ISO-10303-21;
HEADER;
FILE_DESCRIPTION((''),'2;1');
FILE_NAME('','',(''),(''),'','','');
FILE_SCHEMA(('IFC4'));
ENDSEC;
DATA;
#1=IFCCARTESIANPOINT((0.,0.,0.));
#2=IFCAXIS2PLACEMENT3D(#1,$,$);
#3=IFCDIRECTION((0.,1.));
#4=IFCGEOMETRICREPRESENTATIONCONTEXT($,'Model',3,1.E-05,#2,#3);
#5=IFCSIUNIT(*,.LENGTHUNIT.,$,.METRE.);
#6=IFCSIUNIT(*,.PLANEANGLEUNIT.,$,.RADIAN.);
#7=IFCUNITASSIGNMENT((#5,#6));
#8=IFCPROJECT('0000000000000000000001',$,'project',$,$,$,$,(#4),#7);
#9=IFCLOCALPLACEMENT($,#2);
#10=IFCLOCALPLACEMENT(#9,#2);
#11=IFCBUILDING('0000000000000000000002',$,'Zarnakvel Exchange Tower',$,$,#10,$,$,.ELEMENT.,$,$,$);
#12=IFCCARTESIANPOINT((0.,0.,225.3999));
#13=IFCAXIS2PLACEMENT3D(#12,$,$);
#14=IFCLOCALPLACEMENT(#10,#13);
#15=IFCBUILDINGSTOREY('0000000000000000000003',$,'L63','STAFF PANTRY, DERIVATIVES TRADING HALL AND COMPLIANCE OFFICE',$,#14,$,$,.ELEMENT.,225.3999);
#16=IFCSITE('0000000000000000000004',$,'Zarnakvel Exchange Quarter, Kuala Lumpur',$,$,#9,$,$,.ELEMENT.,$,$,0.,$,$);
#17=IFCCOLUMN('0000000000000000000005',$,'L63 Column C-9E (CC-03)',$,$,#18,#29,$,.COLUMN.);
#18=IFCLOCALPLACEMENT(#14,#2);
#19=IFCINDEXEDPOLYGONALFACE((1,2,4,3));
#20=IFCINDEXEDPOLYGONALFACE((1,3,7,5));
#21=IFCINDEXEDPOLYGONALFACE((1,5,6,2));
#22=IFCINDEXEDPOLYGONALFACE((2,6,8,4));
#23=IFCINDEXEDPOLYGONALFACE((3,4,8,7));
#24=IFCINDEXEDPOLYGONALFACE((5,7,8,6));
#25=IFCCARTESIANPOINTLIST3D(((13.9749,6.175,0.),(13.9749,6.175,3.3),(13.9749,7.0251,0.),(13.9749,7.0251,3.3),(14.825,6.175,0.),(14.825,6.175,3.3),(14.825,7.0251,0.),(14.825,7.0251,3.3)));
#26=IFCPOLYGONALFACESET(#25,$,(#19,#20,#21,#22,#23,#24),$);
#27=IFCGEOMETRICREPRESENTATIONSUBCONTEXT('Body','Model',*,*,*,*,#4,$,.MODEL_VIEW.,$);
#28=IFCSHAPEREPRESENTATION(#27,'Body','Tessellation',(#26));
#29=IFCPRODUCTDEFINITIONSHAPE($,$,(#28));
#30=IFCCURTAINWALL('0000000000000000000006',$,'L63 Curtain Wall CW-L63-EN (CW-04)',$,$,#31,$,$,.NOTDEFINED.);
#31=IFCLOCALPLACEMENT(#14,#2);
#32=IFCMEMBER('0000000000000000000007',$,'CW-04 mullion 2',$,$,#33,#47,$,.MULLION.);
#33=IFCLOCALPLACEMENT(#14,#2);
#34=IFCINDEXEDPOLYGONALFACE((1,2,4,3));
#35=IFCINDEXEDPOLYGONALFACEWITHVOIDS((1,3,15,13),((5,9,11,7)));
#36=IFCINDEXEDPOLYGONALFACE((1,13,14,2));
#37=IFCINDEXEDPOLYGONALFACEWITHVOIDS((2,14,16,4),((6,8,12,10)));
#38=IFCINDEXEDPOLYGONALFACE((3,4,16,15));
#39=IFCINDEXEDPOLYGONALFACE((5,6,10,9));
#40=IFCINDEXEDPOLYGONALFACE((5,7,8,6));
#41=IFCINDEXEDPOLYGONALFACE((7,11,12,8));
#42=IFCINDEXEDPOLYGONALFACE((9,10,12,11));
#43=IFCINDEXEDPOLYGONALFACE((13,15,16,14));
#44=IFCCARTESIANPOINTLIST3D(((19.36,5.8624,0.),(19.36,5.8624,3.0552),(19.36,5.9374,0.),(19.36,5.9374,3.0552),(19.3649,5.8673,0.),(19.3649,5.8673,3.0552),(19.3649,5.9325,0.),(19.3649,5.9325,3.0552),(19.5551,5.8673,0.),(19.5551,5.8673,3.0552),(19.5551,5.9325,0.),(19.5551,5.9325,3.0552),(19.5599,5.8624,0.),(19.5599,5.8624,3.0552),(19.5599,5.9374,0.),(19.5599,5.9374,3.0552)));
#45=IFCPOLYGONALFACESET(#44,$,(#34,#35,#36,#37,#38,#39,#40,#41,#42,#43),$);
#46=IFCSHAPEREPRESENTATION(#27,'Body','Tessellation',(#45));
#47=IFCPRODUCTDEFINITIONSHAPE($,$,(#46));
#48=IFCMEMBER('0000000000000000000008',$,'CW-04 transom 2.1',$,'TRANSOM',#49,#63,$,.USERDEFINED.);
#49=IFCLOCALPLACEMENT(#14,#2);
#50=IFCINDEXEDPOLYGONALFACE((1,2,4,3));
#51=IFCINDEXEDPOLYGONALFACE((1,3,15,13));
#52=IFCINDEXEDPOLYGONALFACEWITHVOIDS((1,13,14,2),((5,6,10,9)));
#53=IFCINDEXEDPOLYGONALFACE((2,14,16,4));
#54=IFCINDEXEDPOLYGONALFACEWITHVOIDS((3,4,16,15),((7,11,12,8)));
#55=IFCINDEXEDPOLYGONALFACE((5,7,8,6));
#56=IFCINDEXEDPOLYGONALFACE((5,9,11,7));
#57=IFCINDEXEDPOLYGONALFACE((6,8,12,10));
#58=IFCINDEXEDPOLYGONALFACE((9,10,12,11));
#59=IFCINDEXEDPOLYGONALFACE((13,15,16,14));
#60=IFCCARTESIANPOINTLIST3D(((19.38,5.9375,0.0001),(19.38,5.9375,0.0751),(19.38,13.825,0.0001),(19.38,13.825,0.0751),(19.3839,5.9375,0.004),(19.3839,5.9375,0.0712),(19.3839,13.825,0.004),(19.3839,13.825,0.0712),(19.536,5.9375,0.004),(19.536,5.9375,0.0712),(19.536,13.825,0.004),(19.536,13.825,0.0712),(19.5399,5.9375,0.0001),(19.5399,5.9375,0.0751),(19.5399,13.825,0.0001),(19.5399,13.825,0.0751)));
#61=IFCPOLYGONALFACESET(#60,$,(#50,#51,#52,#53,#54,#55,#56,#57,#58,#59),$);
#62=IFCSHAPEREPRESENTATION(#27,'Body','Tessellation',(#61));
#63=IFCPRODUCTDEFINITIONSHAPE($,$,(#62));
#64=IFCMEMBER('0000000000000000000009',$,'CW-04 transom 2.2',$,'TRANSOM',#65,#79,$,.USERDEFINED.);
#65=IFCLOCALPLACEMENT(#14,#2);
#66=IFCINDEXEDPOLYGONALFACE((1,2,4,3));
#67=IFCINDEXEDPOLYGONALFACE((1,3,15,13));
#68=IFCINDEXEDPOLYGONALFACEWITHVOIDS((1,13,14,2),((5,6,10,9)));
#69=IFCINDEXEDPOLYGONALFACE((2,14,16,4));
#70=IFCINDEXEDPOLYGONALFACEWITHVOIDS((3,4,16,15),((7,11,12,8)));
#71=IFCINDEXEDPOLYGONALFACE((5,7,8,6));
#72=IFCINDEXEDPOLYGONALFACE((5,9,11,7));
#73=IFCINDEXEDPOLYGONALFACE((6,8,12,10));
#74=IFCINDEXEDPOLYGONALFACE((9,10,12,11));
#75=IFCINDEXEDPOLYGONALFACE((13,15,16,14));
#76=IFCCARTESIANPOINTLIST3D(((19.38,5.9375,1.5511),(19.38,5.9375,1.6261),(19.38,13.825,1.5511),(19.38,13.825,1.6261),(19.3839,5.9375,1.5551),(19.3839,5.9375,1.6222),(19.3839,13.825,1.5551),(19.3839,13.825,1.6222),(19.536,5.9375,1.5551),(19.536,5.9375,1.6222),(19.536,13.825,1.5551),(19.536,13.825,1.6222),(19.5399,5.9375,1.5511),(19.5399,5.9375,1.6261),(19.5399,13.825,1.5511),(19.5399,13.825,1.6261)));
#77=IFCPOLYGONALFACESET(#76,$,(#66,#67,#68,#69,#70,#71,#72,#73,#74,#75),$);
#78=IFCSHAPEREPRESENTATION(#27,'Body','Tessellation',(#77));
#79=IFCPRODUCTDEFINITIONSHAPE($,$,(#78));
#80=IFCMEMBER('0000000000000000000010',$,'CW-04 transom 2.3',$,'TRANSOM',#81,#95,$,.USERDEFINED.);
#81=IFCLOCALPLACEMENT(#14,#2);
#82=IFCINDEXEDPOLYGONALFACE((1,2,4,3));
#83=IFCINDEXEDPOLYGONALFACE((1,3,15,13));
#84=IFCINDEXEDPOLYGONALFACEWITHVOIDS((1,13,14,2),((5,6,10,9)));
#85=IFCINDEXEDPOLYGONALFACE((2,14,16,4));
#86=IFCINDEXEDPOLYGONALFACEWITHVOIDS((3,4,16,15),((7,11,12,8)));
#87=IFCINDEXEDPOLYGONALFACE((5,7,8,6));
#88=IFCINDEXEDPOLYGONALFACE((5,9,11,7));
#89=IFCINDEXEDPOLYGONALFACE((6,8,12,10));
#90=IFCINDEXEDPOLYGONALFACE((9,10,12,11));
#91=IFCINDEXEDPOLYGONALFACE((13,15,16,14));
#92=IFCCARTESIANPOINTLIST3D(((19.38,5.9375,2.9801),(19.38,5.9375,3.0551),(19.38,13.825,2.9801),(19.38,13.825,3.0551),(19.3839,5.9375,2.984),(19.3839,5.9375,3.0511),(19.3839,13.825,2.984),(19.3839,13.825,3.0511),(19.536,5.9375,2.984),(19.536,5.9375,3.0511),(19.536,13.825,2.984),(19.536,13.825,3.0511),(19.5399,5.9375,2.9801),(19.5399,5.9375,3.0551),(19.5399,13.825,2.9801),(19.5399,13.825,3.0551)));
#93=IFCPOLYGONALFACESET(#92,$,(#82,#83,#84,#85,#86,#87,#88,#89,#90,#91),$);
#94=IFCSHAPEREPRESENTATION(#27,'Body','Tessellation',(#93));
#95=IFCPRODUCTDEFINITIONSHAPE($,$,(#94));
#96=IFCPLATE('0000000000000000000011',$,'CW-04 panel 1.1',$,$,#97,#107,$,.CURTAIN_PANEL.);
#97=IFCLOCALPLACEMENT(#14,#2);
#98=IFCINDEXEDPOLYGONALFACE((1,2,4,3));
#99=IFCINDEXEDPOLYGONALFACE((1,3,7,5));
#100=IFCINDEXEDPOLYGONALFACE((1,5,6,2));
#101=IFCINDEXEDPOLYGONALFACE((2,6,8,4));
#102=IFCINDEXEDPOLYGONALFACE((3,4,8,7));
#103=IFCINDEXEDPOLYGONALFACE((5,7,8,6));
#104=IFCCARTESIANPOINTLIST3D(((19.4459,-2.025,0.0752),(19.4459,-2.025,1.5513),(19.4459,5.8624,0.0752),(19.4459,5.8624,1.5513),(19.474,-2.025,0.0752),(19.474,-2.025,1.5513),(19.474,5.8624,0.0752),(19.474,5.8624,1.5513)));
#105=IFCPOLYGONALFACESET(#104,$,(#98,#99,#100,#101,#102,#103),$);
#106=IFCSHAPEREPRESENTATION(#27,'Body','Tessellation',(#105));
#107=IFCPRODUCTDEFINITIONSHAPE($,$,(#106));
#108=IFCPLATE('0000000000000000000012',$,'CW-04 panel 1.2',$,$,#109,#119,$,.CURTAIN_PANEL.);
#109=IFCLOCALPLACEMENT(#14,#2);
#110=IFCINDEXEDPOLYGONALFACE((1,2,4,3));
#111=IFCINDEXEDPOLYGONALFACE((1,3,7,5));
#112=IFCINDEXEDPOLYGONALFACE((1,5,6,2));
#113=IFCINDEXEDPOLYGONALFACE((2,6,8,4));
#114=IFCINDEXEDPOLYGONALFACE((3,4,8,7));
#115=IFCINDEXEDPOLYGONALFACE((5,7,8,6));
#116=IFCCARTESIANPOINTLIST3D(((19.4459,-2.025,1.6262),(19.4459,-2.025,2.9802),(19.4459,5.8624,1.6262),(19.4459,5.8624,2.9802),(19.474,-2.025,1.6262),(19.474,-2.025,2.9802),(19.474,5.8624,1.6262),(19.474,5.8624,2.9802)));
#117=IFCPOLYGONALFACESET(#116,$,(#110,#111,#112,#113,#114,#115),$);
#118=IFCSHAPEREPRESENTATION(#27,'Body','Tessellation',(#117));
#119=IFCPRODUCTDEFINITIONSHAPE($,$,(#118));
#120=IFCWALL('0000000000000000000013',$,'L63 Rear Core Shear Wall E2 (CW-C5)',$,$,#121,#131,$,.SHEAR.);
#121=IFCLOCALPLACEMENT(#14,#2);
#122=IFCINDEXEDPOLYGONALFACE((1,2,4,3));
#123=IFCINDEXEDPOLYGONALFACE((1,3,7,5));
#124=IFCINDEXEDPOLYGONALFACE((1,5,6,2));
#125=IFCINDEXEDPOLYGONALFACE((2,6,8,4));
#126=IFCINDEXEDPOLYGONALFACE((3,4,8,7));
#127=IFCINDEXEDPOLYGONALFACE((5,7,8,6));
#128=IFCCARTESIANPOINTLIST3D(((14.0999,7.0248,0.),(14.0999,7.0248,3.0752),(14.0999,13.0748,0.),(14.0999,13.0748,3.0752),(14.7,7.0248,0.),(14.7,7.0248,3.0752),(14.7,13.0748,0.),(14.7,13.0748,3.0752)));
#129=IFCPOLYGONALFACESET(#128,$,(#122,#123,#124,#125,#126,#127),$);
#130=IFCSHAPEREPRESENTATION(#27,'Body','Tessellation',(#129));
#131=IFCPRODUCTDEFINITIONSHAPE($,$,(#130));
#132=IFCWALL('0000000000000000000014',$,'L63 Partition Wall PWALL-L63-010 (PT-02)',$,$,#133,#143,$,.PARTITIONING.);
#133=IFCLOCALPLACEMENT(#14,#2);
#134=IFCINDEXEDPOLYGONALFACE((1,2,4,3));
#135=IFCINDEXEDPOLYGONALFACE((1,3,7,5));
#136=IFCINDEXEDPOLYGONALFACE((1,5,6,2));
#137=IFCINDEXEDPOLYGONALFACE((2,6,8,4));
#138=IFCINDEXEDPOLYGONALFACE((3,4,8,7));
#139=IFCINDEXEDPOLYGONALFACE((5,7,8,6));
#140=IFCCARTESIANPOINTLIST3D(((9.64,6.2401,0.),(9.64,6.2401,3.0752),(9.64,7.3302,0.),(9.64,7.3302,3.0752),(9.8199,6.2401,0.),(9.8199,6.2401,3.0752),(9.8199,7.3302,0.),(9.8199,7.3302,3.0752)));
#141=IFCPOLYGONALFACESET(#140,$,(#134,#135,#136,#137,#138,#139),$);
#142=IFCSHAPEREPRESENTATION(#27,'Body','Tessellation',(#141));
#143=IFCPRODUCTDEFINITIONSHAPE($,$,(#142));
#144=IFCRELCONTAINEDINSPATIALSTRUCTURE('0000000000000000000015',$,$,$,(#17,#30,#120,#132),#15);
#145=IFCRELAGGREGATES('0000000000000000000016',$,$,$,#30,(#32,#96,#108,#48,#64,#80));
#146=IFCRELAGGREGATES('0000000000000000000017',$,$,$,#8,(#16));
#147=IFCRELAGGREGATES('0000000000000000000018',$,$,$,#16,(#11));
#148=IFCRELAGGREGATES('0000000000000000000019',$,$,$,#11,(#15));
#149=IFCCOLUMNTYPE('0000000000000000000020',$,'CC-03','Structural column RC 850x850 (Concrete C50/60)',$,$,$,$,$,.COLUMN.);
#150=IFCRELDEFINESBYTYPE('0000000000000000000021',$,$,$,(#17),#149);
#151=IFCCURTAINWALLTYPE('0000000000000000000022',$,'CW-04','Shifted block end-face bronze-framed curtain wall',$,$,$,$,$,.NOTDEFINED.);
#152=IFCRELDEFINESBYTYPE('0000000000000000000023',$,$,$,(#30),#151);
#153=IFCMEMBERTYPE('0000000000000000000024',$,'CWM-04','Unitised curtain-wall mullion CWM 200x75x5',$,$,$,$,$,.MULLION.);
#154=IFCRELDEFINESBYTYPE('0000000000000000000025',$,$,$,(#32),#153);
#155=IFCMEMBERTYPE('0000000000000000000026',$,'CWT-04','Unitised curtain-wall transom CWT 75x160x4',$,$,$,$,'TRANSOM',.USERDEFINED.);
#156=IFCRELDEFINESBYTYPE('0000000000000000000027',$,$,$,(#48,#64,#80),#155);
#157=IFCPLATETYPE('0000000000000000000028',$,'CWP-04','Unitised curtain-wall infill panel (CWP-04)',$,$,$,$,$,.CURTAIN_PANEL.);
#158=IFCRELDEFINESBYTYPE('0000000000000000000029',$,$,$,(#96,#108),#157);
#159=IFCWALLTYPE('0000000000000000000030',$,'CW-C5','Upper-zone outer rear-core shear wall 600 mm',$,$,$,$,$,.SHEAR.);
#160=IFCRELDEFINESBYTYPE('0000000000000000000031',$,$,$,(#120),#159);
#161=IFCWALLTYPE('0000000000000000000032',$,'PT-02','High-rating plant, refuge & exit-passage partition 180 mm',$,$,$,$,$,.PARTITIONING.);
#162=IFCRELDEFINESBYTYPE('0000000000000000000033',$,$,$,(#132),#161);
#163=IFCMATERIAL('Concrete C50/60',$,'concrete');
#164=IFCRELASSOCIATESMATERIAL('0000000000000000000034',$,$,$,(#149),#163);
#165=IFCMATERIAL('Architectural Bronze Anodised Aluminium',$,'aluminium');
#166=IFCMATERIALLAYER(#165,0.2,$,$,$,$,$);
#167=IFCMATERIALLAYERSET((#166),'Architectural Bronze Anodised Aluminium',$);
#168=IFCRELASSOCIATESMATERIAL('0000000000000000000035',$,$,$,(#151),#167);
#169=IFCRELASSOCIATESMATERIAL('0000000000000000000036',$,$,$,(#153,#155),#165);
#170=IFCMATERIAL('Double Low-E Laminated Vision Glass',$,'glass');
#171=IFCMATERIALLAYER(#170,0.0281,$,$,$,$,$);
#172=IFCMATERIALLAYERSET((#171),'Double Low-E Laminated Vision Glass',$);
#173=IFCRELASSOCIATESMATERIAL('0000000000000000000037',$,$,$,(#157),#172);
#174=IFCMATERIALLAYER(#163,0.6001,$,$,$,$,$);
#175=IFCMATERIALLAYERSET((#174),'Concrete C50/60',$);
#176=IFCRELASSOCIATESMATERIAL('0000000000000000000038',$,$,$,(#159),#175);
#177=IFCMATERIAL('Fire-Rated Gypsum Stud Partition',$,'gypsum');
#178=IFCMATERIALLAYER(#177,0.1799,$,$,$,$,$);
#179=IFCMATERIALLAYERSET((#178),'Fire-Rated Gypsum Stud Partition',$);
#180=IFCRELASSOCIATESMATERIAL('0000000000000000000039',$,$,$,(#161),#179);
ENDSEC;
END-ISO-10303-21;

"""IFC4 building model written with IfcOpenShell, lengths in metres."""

from ifc_helpers import new_model, si_unit, direction, frame, frame_2d, origin, origin_2d, place, context, subcontext, project, spatial, rectangle, hollow_rectangle, extrude, source, transform, mapped, material, layer, layer_set, material_profile, profile_set, type_object, element, aggregate, save


model = new_model("IFC4")

# Units and contexts
model_context = context("Model", 3, precision=1e-05, world=origin(), true_north=direction((0.0, 1.0)))
body_context = subcontext(model_context, "Body", "Model", "MODEL_VIEW")
ifc_project = project(units=[si_unit("LENGTHUNIT", "METRE"), si_unit("PLANEANGLEUNIT", "RADIAN")], contexts=[model_context])

# Site, building, storey
site_placement = place(None, origin())
site = spatial("IfcSite", under=ifc_project, at=site_placement, Name="Zarnakvel Exchange Quarter, Kuala Lumpur", CompositionType="ELEMENT", RefElevation=0.0)
building_placement = place(site_placement, origin())
building = spatial("IfcBuilding", under=site, at=building_placement, Name="Zarnakvel Exchange Tower", CompositionType="ELEMENT")
storey_placement = place(building_placement, frame((0.0, 0.0, 225.3999)))
storey = spatial("IfcBuildingStorey", under=building, at=storey_placement, Name="L63", Description="STAFF PANTRY, DERIVATIVES TRADING HALL AND COMPLIANCE OFFICE", CompositionType="ELEMENT", Elevation=225.3999)

# Column
ifc_material_1 = material(Name="Concrete C50/60", Category="concrete")
ifc_material_profile_1 = material_profile(ifc_material_1, rectangle(XDim=0.8501, YDim=0.8501, at=origin_2d()))
ifc_profile_set_1 = profile_set([ifc_material_profile_1], Name="Concrete C50/60")
column_type = type_object("IfcColumnType", Name="CC-03", Description="Structural column RC 850x850 (Concrete C50/60)", PredefinedType="COLUMN", material=ifc_profile_set_1)
column_placement = place(storey_placement, frame((14.3999, 6.6001, 0.0), z_axis=(0.0, 0.0, 1.0), x_axis=(1.0, 0.0, 0.0)))
element("IfcColumn", 1, at=column_placement, inside=storey, type_object=column_type, Name="L63 Column C-9E (CC-03)", PredefinedType="COLUMN", context=body_context, shape_type="SweptSolid", body=[
    extrude(rectangle(XDim=0.8501, YDim=0.8501, at=origin_2d()), origin(), (0.0, 0.0, 1.0), 3.3),
])

# Curtain wall, members, plates
ifc_material_2 = material(Name="Architectural Bronze Anodised Aluminium", Category="aluminium")
ifc_layer_1 = layer(ifc_material_2, 0.2)
ifc_layer_set_1 = layer_set([ifc_layer_1], Name="Architectural Bronze Anodised Aluminium")
curtain_wall_type = type_object("IfcCurtainWallType", Name="CW-04", Description="Shifted block end-face bronze-framed curtain wall", PredefinedType="NOTDEFINED", material=ifc_layer_set_1)
curtain_wall_placement = place(storey_placement, origin())
curtain_wall = element("IfcCurtainWall", 2, at=curtain_wall_placement, inside=storey, type_object=curtain_wall_type, Name="L63 Curtain Wall CW-L63-EN (CW-04)", PredefinedType="NOTDEFINED")
ifc_material_profile_2 = material_profile(ifc_material_2, hollow_rectangle(XDim=0.2, YDim=0.075, WallThickness=0.0049, at=origin_2d()))
ifc_profile_set_2 = profile_set([ifc_material_profile_2], Name="Architectural Bronze Anodised Aluminium")
member_type_1 = type_object("IfcMemberType", Name="CWM-04", Description="Unitised curtain-wall mullion CWM 200x75x5", PredefinedType="MULLION", material=ifc_profile_set_2)
shared_shape_1 = source(origin(), body_context, "Body", "SweptSolid", [
    extrude(hollow_rectangle(XDim=0.2, YDim=0.075, WallThickness=0.0049, at=origin_2d()), origin(), (0.0, 0.0, 1.0), 3.0552),
])
member_1_placement = place(storey_placement, frame((19.46, 5.8999, 0.0), z_axis=(0.0, 0.0, 1.0), x_axis=(-1.0, 0.0, 0.0)))
member_1 = element("IfcMember", 3, at=member_1_placement, type_object=member_type_1, Name="CW-04 mullion 2", PredefinedType="MULLION", context=body_context, shape_type="MappedRepresentation", body=[
    mapped(shared_shape_1, transform((0.0, 0.0, 0.0), x_axis=(1.0, 0.0, 0.0), y_axis=(0.0, 1.0, 0.0), z_axis=(0.0, 0.0, 1.0), scale=1.0)),
])
ifc_material_profile_3 = material_profile(ifc_material_2, hollow_rectangle(XDim=0.1599, YDim=0.075, WallThickness=0.0039, at=origin_2d()))
ifc_profile_set_3 = profile_set([ifc_material_profile_3], Name="Architectural Bronze Anodised Aluminium")
member_type_2 = type_object("IfcMemberType", Name="CWT-04", Description="Unitised curtain-wall transom CWT 75x160x4", ElementType="TRANSOM", PredefinedType="USERDEFINED", material=ifc_profile_set_3)
shared_shape_2 = source(origin(), body_context, "Body", "SweptSolid", [
    extrude(hollow_rectangle(XDim=0.1599, YDim=0.075, WallThickness=0.0039, at=origin_2d()), origin(), (0.0, 0.0, 1.0), 7.8875),
])
member_2_placement = place(storey_placement, frame((19.46, 5.9375, 0.0376), z_axis=(0.0, 1.0, 0.0), x_axis=(-1.0, 0.0, 0.0)))
member_2 = element("IfcMember", 4, at=member_2_placement, type_object=member_type_2, Name="CW-04 transom 2.1", ObjectType="TRANSOM", PredefinedType="USERDEFINED", context=body_context, shape_type="MappedRepresentation", body=[
    mapped(shared_shape_2, transform((0.0, 0.0, 0.0), x_axis=(1.0, 0.0, 0.0), y_axis=(0.0, 1.0, 0.0), z_axis=(0.0, 0.0, 1.0), scale=1.0)),
])
member_3_placement = place(storey_placement, frame((19.46, 5.9375, 1.5886), z_axis=(0.0, 1.0, 0.0), x_axis=(-1.0, 0.0, 0.0)))
member_3 = element("IfcMember", 5, at=member_3_placement, type_object=member_type_2, Name="CW-04 transom 2.2", ObjectType="TRANSOM", PredefinedType="USERDEFINED", context=body_context, shape_type="MappedRepresentation", body=[
    mapped(shared_shape_2, transform((0.0, 0.0, 0.0), x_axis=(1.0, 0.0, 0.0), y_axis=(0.0, 1.0, 0.0), z_axis=(0.0, 0.0, 1.0), scale=1.0)),
])
member_4_placement = place(storey_placement, frame((19.46, 5.9375, 3.0176), z_axis=(0.0, 1.0, 0.0), x_axis=(-1.0, 0.0, 0.0)))
member_4 = element("IfcMember", 6, at=member_4_placement, type_object=member_type_2, Name="CW-04 transom 2.3", ObjectType="TRANSOM", PredefinedType="USERDEFINED", context=body_context, shape_type="MappedRepresentation", body=[
    mapped(shared_shape_2, transform((0.0, 0.0, 0.0), x_axis=(1.0, 0.0, 0.0), y_axis=(0.0, 1.0, 0.0), z_axis=(0.0, 0.0, 1.0), scale=1.0)),
])
ifc_material_3 = material(Name="Double Low-E Laminated Vision Glass", Category="glass")
ifc_layer_2 = layer(ifc_material_3, 0.0281)
ifc_layer_set_2 = layer_set([ifc_layer_2], Name="Double Low-E Laminated Vision Glass")
plate_type = type_object("IfcPlateType", Name="CWP-04", Description="Unitised curtain-wall infill panel (CWP-04)", PredefinedType="CURTAIN_PANEL", material=ifc_layer_set_2)
shared_shape_3 = source(origin(), body_context, "Body", "SweptSolid", [
    extrude(rectangle(XDim=7.8875, YDim=0.0281, at=origin_2d()), origin(), (0.0, 0.0, 1.0), 1.4761),
])
plate_1_placement = place(storey_placement, frame((19.46, 1.9187, 0.0752), z_axis=(0.0, 0.0, 1.0), x_axis=(0.0, 1.0, 0.0)))
plate_1 = element("IfcPlate", 7, at=plate_1_placement, type_object=plate_type, Name="CW-04 panel 1.1", PredefinedType="CURTAIN_PANEL", context=body_context, shape_type="MappedRepresentation", body=[
    mapped(shared_shape_3, transform((0.0, 0.0, 0.0), x_axis=(1.0, 0.0, 0.0), y_axis=(0.0, 1.0, 0.0), z_axis=(0.0, 0.0, 1.0), scale=1.0)),
])
shared_shape_4 = source(origin(), body_context, "Body", "SweptSolid", [
    extrude(rectangle(XDim=7.8875, YDim=0.0281, at=origin_2d()), origin(), (0.0, 0.0, 1.0), 1.354),
])
plate_2_placement = place(storey_placement, frame((19.46, 1.9187, 1.6262), z_axis=(0.0, 0.0, 1.0), x_axis=(0.0, 1.0, 0.0)))
plate_2 = element("IfcPlate", 8, at=plate_2_placement, type_object=plate_type, Name="CW-04 panel 1.2", PredefinedType="CURTAIN_PANEL", context=body_context, shape_type="MappedRepresentation", body=[
    mapped(shared_shape_4, transform((0.0, 0.0, 0.0), x_axis=(1.0, 0.0, 0.0), y_axis=(0.0, 1.0, 0.0), z_axis=(0.0, 0.0, 1.0), scale=1.0)),
])
aggregate(curtain_wall, [member_1, plate_1, plate_2, member_2, member_3, member_4])

# Walls
ifc_layer_3 = layer(ifc_material_1, 0.6001)
ifc_layer_set_3 = layer_set([ifc_layer_3], Name="Concrete C50/60")
wall_type_1 = type_object("IfcWallType", Name="CW-C5", Description="Upper-zone outer rear-core shear wall 600 mm", PredefinedType="SHEAR", material=ifc_layer_set_3)
wall_1_placement = place(storey_placement, frame((14.3999, 7.0249, 0.0), z_axis=(0.0, 0.0, 1.0), x_axis=(0.0, 1.0, 0.0)))
element("IfcWall", 9, at=wall_1_placement, inside=storey, type_object=wall_type_1, Name="L63 Rear Core Shear Wall E2 (CW-C5)", PredefinedType="SHEAR", context=body_context, shape_type="SweptSolid", body=[
    extrude(rectangle(XDim=6.05, YDim=0.6001, at=frame_2d((3.0249, 0.0))), origin(), (0.0, 0.0, 1.0), 3.0752),
])
ifc_material_4 = material(Name="Fire-Rated Gypsum Stud Partition", Category="gypsum")
ifc_layer_4 = layer(ifc_material_4, 0.1799)
ifc_layer_set_4 = layer_set([ifc_layer_4], Name="Fire-Rated Gypsum Stud Partition")
wall_type_2 = type_object("IfcWallType", Name="PT-02", Description="High-rating plant, refuge & exit-passage partition 180 mm", PredefinedType="PARTITIONING", material=ifc_layer_set_4)
wall_2_placement = place(storey_placement, frame((9.73, 7.3301, 0.0), z_axis=(0.0, 0.0, 1.0), x_axis=(0.0, -1.0, 0.0)))
element("IfcWall", 10, at=wall_2_placement, inside=storey, type_object=wall_type_2, Name="L63 Partition Wall PWALL-L63-010 (PT-02)", PredefinedType="PARTITIONING", context=body_context, shape_type="SweptSolid", body=[
    extrude(rectangle(XDim=1.0901, YDim=0.1799, at=frame_2d((0.5449, 0.0))), origin(), (0.0, 0.0, 1.0), 3.0752),
])

save(model, "model.ifc")
